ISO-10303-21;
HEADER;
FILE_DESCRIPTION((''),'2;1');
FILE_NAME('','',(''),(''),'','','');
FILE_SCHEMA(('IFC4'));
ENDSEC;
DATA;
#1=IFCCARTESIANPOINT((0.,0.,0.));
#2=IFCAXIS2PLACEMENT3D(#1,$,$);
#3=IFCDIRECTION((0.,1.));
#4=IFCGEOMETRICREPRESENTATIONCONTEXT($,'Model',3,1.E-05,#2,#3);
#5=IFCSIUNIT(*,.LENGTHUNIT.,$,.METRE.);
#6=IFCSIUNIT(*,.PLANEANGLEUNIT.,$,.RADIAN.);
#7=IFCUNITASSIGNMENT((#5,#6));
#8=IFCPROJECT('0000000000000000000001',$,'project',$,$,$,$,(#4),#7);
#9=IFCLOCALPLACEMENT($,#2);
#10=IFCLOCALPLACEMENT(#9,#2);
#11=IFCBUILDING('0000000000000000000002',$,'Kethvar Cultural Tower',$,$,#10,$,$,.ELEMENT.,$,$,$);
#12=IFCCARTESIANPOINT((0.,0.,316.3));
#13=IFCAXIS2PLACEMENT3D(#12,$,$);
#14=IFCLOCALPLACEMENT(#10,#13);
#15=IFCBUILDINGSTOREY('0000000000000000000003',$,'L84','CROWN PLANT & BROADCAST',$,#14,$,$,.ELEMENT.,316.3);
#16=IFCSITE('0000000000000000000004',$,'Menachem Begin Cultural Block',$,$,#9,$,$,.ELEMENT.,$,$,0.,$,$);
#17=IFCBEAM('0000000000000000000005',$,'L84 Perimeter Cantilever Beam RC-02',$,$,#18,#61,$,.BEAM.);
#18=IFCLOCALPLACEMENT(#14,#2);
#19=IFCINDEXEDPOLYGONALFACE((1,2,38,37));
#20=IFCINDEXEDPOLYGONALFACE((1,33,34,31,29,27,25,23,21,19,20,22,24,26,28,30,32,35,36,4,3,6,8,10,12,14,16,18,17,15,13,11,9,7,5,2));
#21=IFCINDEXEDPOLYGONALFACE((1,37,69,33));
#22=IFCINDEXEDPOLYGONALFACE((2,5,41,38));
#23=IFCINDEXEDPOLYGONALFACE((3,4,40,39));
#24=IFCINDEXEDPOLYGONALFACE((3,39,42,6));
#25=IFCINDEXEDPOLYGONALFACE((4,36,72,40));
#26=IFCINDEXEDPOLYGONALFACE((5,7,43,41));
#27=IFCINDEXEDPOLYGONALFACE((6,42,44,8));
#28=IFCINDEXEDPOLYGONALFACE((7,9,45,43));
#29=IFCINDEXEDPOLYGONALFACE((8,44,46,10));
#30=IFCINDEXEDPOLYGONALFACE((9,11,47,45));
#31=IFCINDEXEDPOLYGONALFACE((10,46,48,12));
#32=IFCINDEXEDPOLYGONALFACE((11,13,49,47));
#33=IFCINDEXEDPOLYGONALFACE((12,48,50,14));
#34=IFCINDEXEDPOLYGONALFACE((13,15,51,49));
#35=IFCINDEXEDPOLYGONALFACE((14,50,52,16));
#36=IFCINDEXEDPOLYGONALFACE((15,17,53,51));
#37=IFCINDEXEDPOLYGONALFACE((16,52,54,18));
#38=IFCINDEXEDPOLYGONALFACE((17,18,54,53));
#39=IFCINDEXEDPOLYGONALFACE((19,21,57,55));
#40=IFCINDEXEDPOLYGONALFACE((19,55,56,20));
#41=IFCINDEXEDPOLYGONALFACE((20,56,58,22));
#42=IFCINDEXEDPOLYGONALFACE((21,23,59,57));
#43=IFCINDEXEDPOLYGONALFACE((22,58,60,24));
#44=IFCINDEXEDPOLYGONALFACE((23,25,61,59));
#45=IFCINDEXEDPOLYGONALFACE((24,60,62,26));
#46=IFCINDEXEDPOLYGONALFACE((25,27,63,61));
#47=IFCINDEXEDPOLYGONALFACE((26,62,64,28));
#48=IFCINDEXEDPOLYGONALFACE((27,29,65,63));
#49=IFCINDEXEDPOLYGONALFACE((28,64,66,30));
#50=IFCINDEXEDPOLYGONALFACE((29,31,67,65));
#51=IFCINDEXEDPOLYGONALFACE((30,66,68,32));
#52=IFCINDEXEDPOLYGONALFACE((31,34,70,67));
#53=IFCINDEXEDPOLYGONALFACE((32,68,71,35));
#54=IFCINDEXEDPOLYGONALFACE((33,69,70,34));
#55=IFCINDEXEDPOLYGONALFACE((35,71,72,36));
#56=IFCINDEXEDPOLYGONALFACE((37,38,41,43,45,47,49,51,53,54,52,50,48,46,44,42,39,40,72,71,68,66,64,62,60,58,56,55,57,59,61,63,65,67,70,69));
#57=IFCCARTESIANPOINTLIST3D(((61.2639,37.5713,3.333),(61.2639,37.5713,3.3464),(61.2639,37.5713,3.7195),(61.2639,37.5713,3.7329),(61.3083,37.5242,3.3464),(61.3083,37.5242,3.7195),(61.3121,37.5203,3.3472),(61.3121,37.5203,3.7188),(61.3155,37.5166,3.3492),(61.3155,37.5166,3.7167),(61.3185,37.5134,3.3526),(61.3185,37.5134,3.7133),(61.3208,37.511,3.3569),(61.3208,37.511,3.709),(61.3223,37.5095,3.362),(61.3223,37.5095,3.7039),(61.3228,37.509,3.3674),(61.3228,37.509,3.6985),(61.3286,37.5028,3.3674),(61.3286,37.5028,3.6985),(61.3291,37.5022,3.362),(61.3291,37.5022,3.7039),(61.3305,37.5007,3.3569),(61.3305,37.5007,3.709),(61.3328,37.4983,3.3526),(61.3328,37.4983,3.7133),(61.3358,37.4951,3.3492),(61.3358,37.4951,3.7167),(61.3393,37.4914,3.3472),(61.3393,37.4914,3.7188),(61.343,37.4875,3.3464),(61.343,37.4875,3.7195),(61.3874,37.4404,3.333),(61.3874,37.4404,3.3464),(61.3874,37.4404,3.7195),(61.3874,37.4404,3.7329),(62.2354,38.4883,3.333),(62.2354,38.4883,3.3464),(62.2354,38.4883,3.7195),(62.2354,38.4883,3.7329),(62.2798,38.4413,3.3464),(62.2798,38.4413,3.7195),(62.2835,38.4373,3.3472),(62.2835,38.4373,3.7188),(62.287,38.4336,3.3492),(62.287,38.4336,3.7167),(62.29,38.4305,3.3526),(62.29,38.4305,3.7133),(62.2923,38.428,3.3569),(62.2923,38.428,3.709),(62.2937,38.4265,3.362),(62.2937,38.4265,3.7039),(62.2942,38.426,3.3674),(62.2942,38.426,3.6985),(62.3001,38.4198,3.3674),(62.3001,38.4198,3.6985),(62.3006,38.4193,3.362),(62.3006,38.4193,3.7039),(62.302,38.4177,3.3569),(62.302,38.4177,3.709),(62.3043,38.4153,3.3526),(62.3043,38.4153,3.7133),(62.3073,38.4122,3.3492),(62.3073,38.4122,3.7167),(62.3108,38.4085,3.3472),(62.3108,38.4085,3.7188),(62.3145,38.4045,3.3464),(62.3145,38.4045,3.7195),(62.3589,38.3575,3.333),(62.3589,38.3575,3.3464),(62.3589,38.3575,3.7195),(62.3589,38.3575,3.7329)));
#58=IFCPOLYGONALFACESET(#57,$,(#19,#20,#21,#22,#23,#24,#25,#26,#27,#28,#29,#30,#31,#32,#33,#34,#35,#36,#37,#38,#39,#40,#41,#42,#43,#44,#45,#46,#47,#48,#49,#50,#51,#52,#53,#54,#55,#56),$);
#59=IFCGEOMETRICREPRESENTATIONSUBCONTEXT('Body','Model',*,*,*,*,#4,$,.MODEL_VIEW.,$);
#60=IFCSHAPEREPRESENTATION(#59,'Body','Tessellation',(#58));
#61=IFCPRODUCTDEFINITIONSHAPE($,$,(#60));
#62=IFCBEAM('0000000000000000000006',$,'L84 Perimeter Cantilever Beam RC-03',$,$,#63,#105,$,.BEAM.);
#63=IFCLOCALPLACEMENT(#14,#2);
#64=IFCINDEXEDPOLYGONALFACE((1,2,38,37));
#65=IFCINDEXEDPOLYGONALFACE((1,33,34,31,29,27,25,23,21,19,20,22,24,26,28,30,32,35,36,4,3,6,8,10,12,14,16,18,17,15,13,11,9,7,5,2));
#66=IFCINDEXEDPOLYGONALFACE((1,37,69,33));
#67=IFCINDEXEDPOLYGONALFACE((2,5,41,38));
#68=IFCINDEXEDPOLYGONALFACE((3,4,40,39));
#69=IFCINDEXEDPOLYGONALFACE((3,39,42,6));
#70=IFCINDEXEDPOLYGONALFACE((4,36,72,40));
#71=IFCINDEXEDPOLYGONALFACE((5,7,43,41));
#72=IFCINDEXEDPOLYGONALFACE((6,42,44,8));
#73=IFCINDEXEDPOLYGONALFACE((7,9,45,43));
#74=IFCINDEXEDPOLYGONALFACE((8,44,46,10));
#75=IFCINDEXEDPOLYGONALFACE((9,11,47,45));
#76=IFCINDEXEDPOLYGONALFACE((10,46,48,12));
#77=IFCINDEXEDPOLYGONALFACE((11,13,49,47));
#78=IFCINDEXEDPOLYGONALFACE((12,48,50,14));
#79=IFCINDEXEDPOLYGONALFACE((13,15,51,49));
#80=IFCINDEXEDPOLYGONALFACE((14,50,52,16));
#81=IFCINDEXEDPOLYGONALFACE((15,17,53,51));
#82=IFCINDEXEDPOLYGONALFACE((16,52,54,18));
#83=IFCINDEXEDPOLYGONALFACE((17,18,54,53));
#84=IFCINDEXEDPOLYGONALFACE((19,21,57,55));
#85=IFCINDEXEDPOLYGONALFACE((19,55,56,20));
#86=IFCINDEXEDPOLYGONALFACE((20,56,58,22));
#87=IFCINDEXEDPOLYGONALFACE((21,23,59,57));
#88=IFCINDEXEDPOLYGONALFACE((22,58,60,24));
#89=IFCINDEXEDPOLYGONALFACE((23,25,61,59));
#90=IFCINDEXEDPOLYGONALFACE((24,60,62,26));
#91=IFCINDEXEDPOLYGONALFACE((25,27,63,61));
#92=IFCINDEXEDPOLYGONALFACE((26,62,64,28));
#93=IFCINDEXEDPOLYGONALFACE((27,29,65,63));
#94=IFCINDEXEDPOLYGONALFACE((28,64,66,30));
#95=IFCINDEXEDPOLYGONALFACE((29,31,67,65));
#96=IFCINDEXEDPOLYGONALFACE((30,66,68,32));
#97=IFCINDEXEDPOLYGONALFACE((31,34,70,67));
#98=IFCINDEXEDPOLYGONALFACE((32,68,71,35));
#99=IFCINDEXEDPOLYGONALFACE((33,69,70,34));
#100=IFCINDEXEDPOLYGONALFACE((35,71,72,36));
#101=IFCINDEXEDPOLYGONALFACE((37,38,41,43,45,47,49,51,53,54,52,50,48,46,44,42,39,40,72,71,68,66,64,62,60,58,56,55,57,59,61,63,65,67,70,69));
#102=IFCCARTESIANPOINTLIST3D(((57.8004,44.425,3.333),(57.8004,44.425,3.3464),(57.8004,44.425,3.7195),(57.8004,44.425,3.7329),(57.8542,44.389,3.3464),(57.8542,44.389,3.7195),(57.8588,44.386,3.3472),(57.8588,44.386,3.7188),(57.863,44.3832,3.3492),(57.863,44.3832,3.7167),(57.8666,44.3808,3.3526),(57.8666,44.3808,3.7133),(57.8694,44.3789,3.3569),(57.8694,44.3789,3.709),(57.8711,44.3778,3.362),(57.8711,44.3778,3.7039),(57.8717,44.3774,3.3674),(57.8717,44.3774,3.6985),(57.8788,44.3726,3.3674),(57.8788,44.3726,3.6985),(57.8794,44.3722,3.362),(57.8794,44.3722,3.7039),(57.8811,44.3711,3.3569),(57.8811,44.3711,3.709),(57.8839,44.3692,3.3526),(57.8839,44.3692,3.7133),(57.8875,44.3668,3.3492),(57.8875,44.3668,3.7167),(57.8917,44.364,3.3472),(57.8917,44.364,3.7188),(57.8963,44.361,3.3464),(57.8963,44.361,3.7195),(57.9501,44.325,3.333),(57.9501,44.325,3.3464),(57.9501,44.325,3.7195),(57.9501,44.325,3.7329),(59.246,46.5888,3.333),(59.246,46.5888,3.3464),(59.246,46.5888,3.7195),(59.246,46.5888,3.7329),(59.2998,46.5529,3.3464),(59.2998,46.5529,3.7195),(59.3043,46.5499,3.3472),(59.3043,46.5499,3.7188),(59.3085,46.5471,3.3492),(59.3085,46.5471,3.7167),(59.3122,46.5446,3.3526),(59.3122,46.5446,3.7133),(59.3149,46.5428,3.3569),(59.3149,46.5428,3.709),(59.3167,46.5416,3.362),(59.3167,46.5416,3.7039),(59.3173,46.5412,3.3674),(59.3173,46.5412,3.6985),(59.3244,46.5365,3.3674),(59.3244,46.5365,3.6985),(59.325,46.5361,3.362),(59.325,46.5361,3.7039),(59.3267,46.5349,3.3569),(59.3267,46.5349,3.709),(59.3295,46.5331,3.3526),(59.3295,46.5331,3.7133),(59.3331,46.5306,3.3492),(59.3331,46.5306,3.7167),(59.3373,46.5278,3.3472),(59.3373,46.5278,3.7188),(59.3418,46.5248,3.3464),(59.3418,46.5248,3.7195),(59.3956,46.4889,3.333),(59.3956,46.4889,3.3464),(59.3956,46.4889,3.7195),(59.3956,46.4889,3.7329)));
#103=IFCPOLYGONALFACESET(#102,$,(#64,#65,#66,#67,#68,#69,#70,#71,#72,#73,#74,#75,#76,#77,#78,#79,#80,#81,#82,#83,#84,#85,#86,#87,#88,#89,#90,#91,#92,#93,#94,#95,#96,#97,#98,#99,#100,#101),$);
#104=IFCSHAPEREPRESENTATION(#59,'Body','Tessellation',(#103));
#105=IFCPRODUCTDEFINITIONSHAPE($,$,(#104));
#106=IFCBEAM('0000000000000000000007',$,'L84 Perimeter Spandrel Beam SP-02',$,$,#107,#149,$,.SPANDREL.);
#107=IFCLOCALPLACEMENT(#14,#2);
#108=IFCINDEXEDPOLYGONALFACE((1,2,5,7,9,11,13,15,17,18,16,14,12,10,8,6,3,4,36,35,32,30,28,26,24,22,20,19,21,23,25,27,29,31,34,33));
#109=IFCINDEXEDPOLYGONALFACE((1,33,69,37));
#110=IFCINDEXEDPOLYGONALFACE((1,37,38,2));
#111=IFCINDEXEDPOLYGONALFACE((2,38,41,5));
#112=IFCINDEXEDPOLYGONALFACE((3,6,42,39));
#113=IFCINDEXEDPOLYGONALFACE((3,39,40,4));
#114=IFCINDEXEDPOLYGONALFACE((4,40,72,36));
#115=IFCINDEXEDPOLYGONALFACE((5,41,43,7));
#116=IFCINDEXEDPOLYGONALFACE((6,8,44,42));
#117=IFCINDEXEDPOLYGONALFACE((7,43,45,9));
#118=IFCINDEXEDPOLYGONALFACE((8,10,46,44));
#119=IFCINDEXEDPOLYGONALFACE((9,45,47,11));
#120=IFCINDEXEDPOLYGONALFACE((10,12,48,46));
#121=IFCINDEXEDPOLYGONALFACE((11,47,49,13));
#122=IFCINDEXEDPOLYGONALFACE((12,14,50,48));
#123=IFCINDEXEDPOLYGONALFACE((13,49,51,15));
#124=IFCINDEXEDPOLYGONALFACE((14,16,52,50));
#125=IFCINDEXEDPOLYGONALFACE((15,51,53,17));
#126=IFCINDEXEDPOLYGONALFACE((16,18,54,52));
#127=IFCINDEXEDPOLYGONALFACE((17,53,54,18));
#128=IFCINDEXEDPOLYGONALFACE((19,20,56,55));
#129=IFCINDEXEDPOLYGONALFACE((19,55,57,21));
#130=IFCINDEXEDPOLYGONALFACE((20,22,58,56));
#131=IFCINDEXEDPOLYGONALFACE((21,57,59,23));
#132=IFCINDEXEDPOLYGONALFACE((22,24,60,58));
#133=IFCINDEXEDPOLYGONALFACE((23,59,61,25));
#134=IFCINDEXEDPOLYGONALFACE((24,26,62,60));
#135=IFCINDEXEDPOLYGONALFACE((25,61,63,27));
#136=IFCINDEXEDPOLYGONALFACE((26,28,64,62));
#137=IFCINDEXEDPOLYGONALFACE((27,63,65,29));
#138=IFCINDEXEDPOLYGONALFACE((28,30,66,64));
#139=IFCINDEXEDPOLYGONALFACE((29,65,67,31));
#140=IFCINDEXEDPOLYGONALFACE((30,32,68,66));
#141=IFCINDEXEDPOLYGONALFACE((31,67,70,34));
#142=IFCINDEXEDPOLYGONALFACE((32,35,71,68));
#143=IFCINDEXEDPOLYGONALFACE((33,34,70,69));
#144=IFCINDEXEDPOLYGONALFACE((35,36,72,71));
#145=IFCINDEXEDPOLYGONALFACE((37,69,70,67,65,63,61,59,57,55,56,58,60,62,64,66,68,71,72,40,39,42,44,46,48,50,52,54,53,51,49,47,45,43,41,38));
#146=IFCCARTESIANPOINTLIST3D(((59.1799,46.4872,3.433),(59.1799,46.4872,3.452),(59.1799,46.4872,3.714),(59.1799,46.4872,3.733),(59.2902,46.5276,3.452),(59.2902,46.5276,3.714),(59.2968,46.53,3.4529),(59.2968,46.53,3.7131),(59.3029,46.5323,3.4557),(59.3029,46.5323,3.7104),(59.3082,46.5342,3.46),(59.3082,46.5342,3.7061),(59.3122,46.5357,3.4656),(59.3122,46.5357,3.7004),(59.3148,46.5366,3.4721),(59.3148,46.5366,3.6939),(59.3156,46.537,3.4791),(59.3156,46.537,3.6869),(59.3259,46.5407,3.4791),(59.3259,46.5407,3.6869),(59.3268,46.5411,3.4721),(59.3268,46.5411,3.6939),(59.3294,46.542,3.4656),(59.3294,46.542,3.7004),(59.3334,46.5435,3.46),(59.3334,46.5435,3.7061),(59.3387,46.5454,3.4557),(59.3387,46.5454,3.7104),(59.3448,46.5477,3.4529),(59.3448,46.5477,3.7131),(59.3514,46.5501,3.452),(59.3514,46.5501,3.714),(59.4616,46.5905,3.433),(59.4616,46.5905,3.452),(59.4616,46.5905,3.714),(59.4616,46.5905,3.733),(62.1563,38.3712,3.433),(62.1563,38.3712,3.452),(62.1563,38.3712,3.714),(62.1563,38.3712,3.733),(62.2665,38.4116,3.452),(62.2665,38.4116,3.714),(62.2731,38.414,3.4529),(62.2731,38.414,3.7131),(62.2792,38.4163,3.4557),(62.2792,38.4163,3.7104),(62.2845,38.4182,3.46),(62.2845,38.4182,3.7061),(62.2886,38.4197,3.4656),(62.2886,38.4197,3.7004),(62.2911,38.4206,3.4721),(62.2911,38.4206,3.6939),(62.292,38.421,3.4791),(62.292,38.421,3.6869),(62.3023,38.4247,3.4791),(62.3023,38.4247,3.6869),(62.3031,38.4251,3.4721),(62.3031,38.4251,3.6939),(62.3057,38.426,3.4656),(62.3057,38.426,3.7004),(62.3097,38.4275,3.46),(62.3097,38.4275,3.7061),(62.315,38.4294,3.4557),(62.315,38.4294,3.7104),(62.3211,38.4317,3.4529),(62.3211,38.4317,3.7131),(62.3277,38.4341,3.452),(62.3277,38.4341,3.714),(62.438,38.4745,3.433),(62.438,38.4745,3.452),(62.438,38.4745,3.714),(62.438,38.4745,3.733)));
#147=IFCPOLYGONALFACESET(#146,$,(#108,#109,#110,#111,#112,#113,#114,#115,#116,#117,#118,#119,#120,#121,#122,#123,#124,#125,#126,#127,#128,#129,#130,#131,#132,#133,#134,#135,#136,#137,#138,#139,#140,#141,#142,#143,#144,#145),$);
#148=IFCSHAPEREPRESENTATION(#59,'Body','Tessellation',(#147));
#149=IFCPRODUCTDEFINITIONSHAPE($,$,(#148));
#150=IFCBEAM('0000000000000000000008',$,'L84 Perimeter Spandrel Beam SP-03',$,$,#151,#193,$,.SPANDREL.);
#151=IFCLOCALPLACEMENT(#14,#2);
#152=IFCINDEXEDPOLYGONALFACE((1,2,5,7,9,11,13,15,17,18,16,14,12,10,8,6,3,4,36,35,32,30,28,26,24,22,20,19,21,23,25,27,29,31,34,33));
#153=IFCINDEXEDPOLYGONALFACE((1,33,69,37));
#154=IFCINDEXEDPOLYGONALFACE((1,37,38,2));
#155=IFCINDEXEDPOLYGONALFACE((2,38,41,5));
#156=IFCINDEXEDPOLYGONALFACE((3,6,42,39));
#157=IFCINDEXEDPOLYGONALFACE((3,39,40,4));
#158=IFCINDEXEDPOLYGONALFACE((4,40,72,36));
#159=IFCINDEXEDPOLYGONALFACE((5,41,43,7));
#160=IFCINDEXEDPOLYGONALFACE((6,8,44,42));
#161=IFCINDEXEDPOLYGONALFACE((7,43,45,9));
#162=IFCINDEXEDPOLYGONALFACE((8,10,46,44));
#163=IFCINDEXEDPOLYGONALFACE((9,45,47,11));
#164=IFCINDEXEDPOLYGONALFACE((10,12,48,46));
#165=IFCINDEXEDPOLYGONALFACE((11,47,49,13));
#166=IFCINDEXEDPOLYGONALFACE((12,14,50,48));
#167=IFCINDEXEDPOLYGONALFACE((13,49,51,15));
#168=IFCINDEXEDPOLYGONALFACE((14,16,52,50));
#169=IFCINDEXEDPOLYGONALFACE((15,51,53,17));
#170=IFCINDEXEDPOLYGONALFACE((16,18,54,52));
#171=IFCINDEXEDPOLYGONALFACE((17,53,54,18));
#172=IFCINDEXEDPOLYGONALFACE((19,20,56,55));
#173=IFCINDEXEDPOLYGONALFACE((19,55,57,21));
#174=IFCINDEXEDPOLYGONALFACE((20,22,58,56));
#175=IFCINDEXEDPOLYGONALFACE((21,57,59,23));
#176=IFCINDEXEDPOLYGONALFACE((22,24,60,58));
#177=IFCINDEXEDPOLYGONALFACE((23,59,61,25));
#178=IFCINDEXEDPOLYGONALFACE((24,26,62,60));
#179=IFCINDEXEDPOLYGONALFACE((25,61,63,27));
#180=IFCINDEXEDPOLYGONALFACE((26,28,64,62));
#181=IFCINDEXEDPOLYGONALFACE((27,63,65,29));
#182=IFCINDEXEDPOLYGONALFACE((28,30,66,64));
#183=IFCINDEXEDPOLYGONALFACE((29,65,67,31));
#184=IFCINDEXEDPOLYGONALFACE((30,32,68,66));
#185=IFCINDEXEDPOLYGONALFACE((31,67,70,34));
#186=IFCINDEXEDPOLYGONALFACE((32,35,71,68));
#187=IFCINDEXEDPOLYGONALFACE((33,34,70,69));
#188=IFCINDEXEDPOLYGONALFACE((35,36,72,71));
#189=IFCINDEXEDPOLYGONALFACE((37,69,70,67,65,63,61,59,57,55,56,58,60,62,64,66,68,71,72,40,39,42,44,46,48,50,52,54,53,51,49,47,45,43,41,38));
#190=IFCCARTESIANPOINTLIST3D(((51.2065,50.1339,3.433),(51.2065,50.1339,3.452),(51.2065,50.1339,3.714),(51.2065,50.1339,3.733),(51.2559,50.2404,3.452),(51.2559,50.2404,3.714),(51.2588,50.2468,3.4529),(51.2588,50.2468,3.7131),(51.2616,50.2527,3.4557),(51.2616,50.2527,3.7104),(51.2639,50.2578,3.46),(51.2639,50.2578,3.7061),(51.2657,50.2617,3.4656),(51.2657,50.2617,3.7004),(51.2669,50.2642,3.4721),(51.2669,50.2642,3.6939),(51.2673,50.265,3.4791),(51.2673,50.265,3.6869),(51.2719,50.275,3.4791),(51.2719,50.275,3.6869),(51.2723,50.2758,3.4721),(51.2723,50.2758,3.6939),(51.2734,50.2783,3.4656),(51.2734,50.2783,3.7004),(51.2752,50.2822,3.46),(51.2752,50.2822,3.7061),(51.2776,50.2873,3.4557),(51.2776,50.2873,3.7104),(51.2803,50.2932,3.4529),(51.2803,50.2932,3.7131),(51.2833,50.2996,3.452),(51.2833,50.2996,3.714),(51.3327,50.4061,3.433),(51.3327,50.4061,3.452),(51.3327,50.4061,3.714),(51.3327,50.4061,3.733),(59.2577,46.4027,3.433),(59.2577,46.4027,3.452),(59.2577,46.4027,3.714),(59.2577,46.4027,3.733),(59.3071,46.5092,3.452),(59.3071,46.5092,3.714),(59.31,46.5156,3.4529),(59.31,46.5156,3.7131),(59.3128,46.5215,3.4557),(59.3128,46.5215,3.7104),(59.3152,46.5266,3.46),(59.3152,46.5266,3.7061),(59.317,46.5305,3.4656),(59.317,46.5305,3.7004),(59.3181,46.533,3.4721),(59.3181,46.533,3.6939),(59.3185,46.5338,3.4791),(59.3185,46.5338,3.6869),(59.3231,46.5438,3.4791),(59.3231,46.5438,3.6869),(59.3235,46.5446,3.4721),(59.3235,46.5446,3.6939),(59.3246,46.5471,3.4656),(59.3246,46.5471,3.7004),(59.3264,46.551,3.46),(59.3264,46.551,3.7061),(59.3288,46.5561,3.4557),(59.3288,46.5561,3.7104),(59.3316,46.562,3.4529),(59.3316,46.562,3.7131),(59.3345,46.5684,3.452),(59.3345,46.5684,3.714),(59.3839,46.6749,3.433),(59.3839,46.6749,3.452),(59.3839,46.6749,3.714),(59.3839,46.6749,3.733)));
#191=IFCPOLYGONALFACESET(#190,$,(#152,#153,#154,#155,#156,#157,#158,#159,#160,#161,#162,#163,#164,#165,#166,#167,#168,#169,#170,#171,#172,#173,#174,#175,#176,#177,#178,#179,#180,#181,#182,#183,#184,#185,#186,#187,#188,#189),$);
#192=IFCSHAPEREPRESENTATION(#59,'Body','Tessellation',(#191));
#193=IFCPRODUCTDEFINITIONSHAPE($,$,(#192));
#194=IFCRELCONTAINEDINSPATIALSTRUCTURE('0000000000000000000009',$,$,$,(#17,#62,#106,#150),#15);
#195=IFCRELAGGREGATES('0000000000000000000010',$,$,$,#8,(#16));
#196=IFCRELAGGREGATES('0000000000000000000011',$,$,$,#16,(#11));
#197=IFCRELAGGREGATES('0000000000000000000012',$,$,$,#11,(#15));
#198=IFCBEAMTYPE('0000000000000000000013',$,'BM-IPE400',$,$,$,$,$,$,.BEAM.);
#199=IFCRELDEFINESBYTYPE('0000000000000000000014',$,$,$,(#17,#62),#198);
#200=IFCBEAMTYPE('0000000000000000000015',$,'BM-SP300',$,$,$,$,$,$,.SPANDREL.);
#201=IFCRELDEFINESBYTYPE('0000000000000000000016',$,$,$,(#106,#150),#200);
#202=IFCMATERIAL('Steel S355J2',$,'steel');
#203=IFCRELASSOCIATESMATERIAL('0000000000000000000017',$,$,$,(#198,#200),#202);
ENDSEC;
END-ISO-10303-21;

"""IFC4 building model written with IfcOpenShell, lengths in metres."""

from ifc_helpers import new_model, si_unit, direction, frame, origin, origin_2d, place, context, subcontext, project, spatial, i_section, extrude, source, transform, mapped, material, material_profile, profile_set, type_object, element, save


model = new_model("IFC4")

# Units and contexts
model_context = context("Model", 3, precision=1e-05, world=origin(), true_north=direction((0.0, 1.0)))
body_context = subcontext(model_context, "Body", "Model", "MODEL_VIEW")
ifc_project = project(units=[si_unit("LENGTHUNIT", "METRE"), si_unit("PLANEANGLEUNIT", "RADIAN")], contexts=[model_context])

# Site, building, storey
site_placement = place(None, origin())
site = spatial("IfcSite", under=ifc_project, at=site_placement, Name="Menachem Begin Cultural Block", CompositionType="ELEMENT", RefElevation=0.0)
building_placement = place(site_placement, origin())
building = spatial("IfcBuilding", under=site, at=building_placement, Name="Kethvar Cultural Tower", CompositionType="ELEMENT")
storey_placement = place(building_placement, frame((0.0, 0.0, 316.3)))
storey = spatial("IfcBuildingStorey", under=building, at=storey_placement, Name="L84", Description="CROWN PLANT & BROADCAST", CompositionType="ELEMENT", Elevation=316.3)

# Shared definitions
ifc_material_1 = material(Name="Steel S355J2", Category="steel")

# Beams
ifc_material_profile_1 = material_profile(ifc_material_1, i_section(OverallWidth=0.1799, OverallDepth=0.3999, WebThickness=0.0085, FlangeThickness=0.0134, FilletRadius=0.021, at=origin_2d()), Name="Steel S355J2 — IPE400")
ifc_profile_set_1 = profile_set([ifc_material_profile_1], Name="Steel S355J2 — IPE400")
beam_type_1 = type_object("IfcBeamType", Name="BM-IPE400", PredefinedType="BEAM", material=ifc_profile_set_1)
shared_shape_1 = source(origin(), body_context, "Body", "SweptSolid", [
    extrude(i_section(OverallWidth=0.1799, OverallDepth=0.3999, WebThickness=0.0085, FlangeThickness=0.0134, FilletRadius=0.021, at=origin_2d()), origin(), (0.0, 0.0, 1.0), 1.3359),
])
beam_1_placement = place(storey_placement, frame((61.3257, 37.5059, 3.533), z_axis=(0.727191, 0.686436, 0.0), x_axis=(-0.686436, 0.727191, 0.0)))
element("IfcBeam", 1, at=beam_1_placement, inside=storey, type_object=beam_type_1, Name="L84 Perimeter Cantilever Beam RC-02", PredefinedType="BEAM", context=body_context, shape_type="MappedRepresentation", body=[
    mapped(shared_shape_1, transform((0.0, 0.0, 0.0), scale=1.0)),
])
shared_shape_2 = source(origin(), body_context, "Body", "SweptSolid", [
    extrude(i_section(OverallWidth=0.1799, OverallDepth=0.3999, WebThickness=0.0085, FlangeThickness=0.0134, FilletRadius=0.021, at=origin_2d()), origin(), (0.0, 0.0, 1.0), 2.6023),
])
beam_2_placement = place(storey_placement, frame((57.8752, 44.375, 3.533), z_axis=(0.555501, 0.831516, 0.0), x_axis=(-0.831516, 0.555501, 0.0)))
element("IfcBeam", 2, at=beam_2_placement, inside=storey, type_object=beam_type_1, Name="L84 Perimeter Cantilever Beam RC-03", PredefinedType="BEAM", context=body_context, shape_type="MappedRepresentation", body=[
    mapped(shared_shape_2, transform((0.0, 0.0, 0.0), scale=1.0)),
])
ifc_material_profile_2 = material_profile(ifc_material_1, i_section(OverallWidth=0.3, OverallDepth=0.3, WebThickness=0.011, FlangeThickness=0.019, FilletRadius=0.0271, at=origin_2d()), Name="Steel S355J2 — HEB300")
ifc_profile_set_2 = profile_set([ifc_material_profile_2], Name="Steel S355J2 — HEB300")
beam_type_2 = type_object("IfcBeamType", Name="BM-SP300", PredefinedType="SPANDREL", material=ifc_profile_set_2)
shared_shape_3 = source(origin(), body_context, "Body", "SweptSolid", [
    extrude(i_section(OverallWidth=0.3, OverallDepth=0.3, WebThickness=0.011, FlangeThickness=0.019, FilletRadius=0.0271, at=origin_2d()), origin(), (0.0, 0.0, 1.0), 8.6445),
])
beam_3_placement = place(storey_placement, frame((62.2971, 38.4229, 3.583), z_axis=(-0.344302, 0.938859, 0.0), x_axis=(-0.938859, -0.344302, 0.0)))
element("IfcBeam", 3, at=beam_3_placement, inside=storey, type_object=beam_type_2, Name="L84 Perimeter Spandrel Beam SP-02", PredefinedType="SPANDREL", context=body_context, shape_type="MappedRepresentation", body=[
    mapped(shared_shape_3, transform((0.0, 0.0, 0.0), scale=1.0)),
])
shared_shape_4 = source(origin(), body_context, "Body", "SweptSolid", [
    extrude(i_section(OverallWidth=0.3, OverallDepth=0.3, WebThickness=0.011, FlangeThickness=0.019, FilletRadius=0.0271, at=origin_2d()), origin(), (0.0, 0.0, 1.0), 8.8738),
])
beam_4_placement = place(storey_placement, frame((59.3208, 46.5388, 3.583), z_axis=(-0.907305, 0.420473, 0.0), x_axis=(-0.420473, -0.907305, 0.0)))
element("IfcBeam", 4, at=beam_4_placement, inside=storey, type_object=beam_type_2, Name="L84 Perimeter Spandrel Beam SP-03", PredefinedType="SPANDREL", context=body_context, shape_type="MappedRepresentation", body=[
    mapped(shared_shape_4, transform((0.0, 0.0, 0.0), scale=1.0)),
])

save(model, "model.ifc")
